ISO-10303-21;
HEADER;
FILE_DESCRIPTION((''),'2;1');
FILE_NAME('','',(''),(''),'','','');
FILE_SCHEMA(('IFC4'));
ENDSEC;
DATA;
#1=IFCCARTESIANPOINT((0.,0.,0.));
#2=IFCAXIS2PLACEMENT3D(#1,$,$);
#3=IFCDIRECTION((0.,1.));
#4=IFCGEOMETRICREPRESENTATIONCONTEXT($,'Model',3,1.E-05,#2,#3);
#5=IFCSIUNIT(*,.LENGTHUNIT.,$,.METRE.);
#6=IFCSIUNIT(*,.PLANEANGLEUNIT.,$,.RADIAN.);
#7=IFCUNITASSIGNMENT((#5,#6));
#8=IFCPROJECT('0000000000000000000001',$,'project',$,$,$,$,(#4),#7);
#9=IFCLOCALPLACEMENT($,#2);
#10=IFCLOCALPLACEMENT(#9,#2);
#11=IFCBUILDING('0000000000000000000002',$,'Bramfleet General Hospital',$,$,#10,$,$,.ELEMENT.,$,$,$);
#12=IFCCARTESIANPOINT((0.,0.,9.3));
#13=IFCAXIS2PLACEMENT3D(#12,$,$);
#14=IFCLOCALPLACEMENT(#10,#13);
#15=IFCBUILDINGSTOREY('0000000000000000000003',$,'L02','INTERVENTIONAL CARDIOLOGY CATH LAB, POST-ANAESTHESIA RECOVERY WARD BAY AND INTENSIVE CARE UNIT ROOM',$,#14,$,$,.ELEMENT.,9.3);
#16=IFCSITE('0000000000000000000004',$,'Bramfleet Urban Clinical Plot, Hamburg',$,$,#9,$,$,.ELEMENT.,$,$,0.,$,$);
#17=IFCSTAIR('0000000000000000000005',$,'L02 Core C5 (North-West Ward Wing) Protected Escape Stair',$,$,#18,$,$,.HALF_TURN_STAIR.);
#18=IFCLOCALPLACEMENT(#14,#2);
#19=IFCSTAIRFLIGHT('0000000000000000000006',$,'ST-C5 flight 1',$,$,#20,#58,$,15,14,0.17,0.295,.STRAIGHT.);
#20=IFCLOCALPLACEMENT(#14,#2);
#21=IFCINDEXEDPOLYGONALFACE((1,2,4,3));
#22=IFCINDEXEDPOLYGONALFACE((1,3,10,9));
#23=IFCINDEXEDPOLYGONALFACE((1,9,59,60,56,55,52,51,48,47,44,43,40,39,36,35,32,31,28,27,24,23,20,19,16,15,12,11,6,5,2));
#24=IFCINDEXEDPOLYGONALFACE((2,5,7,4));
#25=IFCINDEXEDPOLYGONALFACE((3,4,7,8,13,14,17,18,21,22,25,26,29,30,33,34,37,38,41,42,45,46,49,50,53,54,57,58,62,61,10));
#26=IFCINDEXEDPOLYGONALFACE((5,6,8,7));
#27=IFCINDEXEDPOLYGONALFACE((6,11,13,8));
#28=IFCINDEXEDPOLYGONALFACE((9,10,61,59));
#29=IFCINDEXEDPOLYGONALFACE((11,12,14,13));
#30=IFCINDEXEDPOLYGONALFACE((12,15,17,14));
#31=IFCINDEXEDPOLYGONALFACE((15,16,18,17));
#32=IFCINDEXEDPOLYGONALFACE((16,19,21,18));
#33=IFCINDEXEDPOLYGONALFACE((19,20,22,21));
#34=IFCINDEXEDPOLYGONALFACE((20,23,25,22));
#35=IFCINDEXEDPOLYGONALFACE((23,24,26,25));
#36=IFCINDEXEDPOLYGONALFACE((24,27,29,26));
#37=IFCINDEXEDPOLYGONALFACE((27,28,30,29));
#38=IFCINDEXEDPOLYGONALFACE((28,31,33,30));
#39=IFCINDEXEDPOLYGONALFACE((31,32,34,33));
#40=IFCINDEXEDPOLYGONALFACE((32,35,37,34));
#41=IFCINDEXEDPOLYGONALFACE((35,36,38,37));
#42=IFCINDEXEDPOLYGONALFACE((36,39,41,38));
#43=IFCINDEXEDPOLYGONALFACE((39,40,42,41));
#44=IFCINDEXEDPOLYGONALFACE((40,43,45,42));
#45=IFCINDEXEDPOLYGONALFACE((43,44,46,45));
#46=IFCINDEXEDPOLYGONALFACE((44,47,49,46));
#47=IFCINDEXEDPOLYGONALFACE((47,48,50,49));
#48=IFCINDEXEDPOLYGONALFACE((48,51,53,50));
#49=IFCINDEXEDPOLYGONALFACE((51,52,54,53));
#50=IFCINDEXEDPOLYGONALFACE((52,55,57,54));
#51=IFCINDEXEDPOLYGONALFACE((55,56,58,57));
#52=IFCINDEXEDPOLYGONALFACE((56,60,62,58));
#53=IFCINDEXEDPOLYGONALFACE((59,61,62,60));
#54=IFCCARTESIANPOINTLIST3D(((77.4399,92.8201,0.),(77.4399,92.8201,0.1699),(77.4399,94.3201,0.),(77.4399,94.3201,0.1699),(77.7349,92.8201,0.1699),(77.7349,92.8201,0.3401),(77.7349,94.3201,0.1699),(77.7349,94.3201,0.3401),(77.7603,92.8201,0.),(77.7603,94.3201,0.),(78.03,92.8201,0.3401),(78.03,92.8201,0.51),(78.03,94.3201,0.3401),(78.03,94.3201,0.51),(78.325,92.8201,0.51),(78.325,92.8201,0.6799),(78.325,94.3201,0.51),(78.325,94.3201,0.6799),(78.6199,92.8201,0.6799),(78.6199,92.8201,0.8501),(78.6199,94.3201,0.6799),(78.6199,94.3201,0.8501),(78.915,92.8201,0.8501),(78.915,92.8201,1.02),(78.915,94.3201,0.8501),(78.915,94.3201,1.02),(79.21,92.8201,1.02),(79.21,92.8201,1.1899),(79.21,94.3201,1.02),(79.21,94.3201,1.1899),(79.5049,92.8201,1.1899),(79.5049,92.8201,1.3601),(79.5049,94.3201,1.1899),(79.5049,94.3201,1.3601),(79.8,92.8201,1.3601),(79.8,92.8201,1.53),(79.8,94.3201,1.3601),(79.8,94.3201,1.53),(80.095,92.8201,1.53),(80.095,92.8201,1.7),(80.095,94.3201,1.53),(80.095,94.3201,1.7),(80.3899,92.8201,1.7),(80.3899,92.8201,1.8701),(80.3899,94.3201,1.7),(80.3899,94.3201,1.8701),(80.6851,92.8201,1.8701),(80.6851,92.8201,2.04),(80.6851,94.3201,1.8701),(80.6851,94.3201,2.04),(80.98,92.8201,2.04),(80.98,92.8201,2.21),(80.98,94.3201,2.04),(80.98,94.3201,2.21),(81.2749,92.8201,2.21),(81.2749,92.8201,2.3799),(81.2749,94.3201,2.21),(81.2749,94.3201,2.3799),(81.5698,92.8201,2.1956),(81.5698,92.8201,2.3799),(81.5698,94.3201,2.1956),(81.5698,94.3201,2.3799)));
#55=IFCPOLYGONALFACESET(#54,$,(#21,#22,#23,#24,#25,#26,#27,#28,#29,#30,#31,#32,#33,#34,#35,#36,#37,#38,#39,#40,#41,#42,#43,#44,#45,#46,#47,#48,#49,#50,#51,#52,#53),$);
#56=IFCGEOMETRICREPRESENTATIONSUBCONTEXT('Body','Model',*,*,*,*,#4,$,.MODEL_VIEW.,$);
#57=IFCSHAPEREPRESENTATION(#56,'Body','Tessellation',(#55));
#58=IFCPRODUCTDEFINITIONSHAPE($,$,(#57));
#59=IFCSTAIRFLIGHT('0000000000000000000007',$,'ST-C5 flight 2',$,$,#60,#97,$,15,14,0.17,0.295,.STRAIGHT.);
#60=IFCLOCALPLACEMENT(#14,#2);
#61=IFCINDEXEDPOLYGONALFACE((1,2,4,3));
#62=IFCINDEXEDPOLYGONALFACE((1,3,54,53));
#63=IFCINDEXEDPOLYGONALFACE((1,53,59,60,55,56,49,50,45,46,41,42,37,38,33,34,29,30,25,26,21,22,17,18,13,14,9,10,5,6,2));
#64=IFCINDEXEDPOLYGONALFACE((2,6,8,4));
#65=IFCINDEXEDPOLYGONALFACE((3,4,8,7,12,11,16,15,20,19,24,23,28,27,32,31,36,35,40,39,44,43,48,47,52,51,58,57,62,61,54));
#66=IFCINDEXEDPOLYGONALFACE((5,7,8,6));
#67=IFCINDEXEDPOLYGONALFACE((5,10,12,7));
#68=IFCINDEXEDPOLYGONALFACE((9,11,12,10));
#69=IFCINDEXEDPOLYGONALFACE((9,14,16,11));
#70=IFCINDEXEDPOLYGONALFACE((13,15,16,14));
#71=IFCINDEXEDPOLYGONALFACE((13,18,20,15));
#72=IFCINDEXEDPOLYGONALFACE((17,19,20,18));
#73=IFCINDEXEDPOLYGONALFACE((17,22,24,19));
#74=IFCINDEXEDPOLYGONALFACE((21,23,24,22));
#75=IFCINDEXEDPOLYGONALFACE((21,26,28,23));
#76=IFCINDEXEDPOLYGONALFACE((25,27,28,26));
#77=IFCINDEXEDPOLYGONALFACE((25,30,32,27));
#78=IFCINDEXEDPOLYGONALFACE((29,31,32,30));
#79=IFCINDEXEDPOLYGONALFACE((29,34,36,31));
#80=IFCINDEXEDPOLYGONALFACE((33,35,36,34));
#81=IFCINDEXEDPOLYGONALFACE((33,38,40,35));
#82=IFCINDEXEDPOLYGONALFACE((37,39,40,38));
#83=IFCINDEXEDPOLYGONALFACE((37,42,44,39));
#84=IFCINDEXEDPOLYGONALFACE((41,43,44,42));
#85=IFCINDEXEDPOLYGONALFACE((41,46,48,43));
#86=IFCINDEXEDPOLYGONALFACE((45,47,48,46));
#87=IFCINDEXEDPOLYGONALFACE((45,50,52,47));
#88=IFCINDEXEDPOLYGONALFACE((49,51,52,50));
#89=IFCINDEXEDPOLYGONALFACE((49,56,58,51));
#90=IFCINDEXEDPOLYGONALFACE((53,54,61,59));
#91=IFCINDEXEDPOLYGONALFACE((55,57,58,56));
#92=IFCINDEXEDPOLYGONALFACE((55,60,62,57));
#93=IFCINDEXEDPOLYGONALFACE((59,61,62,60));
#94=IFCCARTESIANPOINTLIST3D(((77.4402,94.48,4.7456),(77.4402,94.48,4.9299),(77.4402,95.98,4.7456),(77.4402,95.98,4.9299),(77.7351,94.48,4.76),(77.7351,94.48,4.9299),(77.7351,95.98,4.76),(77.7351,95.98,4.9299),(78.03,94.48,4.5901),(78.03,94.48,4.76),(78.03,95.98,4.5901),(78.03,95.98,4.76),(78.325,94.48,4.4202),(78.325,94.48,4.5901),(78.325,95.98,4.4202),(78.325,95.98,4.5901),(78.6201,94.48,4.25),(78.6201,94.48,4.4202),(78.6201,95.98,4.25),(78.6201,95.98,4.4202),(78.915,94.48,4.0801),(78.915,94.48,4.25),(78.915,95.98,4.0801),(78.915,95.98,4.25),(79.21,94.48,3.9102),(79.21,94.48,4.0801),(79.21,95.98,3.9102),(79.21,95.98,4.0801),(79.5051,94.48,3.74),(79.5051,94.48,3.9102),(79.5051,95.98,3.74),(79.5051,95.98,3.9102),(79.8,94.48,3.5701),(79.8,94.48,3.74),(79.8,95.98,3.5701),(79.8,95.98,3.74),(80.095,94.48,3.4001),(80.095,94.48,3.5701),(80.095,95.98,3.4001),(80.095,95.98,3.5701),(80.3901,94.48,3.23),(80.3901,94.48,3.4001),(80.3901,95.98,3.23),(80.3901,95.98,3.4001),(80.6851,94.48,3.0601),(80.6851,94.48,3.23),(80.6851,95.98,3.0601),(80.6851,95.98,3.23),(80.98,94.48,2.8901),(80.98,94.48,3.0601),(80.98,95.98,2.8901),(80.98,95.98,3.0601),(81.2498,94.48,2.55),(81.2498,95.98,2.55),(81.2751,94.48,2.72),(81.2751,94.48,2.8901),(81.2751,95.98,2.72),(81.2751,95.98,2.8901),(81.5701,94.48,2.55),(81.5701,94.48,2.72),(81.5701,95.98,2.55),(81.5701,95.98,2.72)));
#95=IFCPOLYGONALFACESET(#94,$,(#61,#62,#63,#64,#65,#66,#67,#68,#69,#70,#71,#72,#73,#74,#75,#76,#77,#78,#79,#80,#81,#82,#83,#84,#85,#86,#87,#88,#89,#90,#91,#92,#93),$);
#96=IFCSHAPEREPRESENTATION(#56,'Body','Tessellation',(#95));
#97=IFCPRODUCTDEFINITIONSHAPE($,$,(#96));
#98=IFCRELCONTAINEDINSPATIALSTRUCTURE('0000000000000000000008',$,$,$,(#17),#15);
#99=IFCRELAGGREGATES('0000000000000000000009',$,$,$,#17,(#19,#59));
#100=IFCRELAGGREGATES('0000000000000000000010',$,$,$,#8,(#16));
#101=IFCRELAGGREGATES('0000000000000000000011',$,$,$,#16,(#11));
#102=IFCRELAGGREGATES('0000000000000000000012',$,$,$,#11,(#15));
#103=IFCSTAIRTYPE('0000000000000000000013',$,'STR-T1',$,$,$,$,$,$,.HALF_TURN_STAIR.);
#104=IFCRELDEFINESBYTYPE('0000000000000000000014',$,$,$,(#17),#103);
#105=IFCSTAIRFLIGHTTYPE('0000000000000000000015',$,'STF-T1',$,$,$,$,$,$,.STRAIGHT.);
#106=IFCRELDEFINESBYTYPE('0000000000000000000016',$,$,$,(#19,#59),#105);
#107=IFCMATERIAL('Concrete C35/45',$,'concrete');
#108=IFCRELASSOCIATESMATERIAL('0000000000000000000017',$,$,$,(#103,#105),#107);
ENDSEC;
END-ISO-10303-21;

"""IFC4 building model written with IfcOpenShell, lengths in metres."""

from ifc_helpers import new_model, si_unit, direction, frame, origin, place, context, subcontext, project, spatial, polyline, outline, extrude, material, type_object, element, aggregate, save


model = new_model("IFC4")

# Units and contexts
model_context = context("Model", 3, precision=1e-05, world=origin(), true_north=direction((0.0, 1.0)))
body_context = subcontext(model_context, "Body", "Model", "MODEL_VIEW")
ifc_project = project(units=[si_unit("LENGTHUNIT", "METRE"), si_unit("PLANEANGLEUNIT", "RADIAN")], contexts=[model_context])

# Site, building, storey
site_placement = place(None, origin())
site = spatial("IfcSite", under=ifc_project, at=site_placement, Name="Bramfleet Urban Clinical Plot, Hamburg", CompositionType="ELEMENT", RefElevation=0.0)
building_placement = place(site_placement, origin())
building = spatial("IfcBuilding", under=site, at=building_placement, Name="Bramfleet General Hospital", CompositionType="ELEMENT")
storey_placement = place(building_placement, frame((0.0, 0.0, 9.3)))
storey = spatial("IfcBuildingStorey", under=building, at=storey_placement, Name="L02", Description="INTERVENTIONAL CARDIOLOGY CATH LAB, POST-ANAESTHESIA RECOVERY WARD BAY AND INTENSIVE CARE UNIT ROOM", CompositionType="ELEMENT", Elevation=9.3)

# Shared definitions
ifc_material_1 = material(Name="Concrete C35/45", Category="concrete")

# Stair, stair flights
stair_type = type_object("IfcStairType", Name="STR-T1", PredefinedType="HALF_TURN_STAIR", material=ifc_material_1)
stair_placement = place(storey_placement, origin())
stair = element("IfcStair", 1, at=stair_placement, inside=storey, type_object=stair_type, Name="L02 Core C5 (North-West Ward Wing) Protected Escape Stair", PredefinedType="HALF_TURN_STAIR")
stair_flight_type = type_object("IfcStairFlightType", Name="STF-T1", PredefinedType="STRAIGHT", material=ifc_material_1)
stair_flight_1_placement = place(storey_placement, frame((77.4399, 93.5701, 0.0), z_axis=(0.0, 0.0, 1.0), x_axis=(1.0, 0.0, 0.0)))
stair_flight_1 = element("IfcStairFlight", 2, at=stair_flight_1_placement, type_object=stair_flight_type, Name="ST-C5 flight 1", NumberOfRisers=15, NumberOfTreads=14, PredefinedType="STRAIGHT", RiserHeight=0.17, TreadLength=0.295, context=body_context, shape_type="SweptSolid", body=[
    extrude(outline(polyline([(0.0, 0.0), (0.0, 0.1699), (0.2949, 0.1699), (0.2949, 0.3401), (0.5901, 0.3401), (0.5901, 0.51), (0.885, 0.51), (0.885, 0.6799), (1.1799, 0.6799), (1.1799, 0.8501), (1.4751, 0.8501), (1.4751, 1.02), (1.77, 1.02), (1.77, 1.1899), (2.0649, 1.1899), (2.0649, 1.3601), (2.3601, 1.3601), (2.3601, 1.53), (2.655, 1.53), (2.655, 1.7), (2.95, 1.7), (2.95, 1.8701), (3.2451, 1.8701), (3.2451, 2.04), (3.54, 2.04), (3.54, 2.21), (3.835, 2.21), (3.835, 2.3799), (4.1299, 2.3799), (4.1299, 2.55), (4.1299, 2.1956), (0.3203, 0.0), (0.0, 0.0)])), frame((0.0, 0.75, 0.0), z_axis=(0.0, -1.0, 0.0), x_axis=(1.0, 0.0, 0.0)), (0.0, 0.0, 1.0), 1.5),
])
stair_flight_2_placement = place(storey_placement, frame((81.5701, 95.23, 2.55), z_axis=(0.0, 0.0, 1.0), x_axis=(-1.0, 0.0, 0.0)))
stair_flight_2 = element("IfcStairFlight", 3, at=stair_flight_2_placement, type_object=stair_flight_type, Name="ST-C5 flight 2", NumberOfRisers=15, NumberOfTreads=14, PredefinedType="STRAIGHT", RiserHeight=0.17, TreadLength=0.295, context=body_context, shape_type="SweptSolid", body=[
    extrude(outline(polyline([(0.0, 0.0), (0.0, 0.1699), (0.2949, 0.1699), (0.2949, 0.3401), (0.5901, 0.3401), (0.5901, 0.51), (0.885, 0.51), (0.885, 0.6799), (1.1799, 0.6799), (1.1799, 0.8501), (1.4751, 0.8501), (1.4751, 1.02), (1.77, 1.02), (1.77, 1.1899), (2.0649, 1.1899), (2.0649, 1.3601), (2.3601, 1.3601), (2.3601, 1.53), (2.655, 1.53), (2.655, 1.7), (2.95, 1.7), (2.95, 1.8701), (3.2451, 1.8701), (3.2451, 2.04), (3.54, 2.04), (3.54, 2.21), (3.835, 2.21), (3.835, 2.3799), (4.1299, 2.3799), (4.1299, 2.55), (4.1299, 2.1956), (0.3203, 0.0), (0.0, 0.0)])), frame((0.0, 0.75, 0.0), z_axis=(0.0, -1.0, 0.0), x_axis=(1.0, 0.0, 0.0)), (0.0, 0.0, 1.0), 1.5),
])
aggregate(stair, [stair_flight_1, stair_flight_2])

save(model, "model.ifc")
